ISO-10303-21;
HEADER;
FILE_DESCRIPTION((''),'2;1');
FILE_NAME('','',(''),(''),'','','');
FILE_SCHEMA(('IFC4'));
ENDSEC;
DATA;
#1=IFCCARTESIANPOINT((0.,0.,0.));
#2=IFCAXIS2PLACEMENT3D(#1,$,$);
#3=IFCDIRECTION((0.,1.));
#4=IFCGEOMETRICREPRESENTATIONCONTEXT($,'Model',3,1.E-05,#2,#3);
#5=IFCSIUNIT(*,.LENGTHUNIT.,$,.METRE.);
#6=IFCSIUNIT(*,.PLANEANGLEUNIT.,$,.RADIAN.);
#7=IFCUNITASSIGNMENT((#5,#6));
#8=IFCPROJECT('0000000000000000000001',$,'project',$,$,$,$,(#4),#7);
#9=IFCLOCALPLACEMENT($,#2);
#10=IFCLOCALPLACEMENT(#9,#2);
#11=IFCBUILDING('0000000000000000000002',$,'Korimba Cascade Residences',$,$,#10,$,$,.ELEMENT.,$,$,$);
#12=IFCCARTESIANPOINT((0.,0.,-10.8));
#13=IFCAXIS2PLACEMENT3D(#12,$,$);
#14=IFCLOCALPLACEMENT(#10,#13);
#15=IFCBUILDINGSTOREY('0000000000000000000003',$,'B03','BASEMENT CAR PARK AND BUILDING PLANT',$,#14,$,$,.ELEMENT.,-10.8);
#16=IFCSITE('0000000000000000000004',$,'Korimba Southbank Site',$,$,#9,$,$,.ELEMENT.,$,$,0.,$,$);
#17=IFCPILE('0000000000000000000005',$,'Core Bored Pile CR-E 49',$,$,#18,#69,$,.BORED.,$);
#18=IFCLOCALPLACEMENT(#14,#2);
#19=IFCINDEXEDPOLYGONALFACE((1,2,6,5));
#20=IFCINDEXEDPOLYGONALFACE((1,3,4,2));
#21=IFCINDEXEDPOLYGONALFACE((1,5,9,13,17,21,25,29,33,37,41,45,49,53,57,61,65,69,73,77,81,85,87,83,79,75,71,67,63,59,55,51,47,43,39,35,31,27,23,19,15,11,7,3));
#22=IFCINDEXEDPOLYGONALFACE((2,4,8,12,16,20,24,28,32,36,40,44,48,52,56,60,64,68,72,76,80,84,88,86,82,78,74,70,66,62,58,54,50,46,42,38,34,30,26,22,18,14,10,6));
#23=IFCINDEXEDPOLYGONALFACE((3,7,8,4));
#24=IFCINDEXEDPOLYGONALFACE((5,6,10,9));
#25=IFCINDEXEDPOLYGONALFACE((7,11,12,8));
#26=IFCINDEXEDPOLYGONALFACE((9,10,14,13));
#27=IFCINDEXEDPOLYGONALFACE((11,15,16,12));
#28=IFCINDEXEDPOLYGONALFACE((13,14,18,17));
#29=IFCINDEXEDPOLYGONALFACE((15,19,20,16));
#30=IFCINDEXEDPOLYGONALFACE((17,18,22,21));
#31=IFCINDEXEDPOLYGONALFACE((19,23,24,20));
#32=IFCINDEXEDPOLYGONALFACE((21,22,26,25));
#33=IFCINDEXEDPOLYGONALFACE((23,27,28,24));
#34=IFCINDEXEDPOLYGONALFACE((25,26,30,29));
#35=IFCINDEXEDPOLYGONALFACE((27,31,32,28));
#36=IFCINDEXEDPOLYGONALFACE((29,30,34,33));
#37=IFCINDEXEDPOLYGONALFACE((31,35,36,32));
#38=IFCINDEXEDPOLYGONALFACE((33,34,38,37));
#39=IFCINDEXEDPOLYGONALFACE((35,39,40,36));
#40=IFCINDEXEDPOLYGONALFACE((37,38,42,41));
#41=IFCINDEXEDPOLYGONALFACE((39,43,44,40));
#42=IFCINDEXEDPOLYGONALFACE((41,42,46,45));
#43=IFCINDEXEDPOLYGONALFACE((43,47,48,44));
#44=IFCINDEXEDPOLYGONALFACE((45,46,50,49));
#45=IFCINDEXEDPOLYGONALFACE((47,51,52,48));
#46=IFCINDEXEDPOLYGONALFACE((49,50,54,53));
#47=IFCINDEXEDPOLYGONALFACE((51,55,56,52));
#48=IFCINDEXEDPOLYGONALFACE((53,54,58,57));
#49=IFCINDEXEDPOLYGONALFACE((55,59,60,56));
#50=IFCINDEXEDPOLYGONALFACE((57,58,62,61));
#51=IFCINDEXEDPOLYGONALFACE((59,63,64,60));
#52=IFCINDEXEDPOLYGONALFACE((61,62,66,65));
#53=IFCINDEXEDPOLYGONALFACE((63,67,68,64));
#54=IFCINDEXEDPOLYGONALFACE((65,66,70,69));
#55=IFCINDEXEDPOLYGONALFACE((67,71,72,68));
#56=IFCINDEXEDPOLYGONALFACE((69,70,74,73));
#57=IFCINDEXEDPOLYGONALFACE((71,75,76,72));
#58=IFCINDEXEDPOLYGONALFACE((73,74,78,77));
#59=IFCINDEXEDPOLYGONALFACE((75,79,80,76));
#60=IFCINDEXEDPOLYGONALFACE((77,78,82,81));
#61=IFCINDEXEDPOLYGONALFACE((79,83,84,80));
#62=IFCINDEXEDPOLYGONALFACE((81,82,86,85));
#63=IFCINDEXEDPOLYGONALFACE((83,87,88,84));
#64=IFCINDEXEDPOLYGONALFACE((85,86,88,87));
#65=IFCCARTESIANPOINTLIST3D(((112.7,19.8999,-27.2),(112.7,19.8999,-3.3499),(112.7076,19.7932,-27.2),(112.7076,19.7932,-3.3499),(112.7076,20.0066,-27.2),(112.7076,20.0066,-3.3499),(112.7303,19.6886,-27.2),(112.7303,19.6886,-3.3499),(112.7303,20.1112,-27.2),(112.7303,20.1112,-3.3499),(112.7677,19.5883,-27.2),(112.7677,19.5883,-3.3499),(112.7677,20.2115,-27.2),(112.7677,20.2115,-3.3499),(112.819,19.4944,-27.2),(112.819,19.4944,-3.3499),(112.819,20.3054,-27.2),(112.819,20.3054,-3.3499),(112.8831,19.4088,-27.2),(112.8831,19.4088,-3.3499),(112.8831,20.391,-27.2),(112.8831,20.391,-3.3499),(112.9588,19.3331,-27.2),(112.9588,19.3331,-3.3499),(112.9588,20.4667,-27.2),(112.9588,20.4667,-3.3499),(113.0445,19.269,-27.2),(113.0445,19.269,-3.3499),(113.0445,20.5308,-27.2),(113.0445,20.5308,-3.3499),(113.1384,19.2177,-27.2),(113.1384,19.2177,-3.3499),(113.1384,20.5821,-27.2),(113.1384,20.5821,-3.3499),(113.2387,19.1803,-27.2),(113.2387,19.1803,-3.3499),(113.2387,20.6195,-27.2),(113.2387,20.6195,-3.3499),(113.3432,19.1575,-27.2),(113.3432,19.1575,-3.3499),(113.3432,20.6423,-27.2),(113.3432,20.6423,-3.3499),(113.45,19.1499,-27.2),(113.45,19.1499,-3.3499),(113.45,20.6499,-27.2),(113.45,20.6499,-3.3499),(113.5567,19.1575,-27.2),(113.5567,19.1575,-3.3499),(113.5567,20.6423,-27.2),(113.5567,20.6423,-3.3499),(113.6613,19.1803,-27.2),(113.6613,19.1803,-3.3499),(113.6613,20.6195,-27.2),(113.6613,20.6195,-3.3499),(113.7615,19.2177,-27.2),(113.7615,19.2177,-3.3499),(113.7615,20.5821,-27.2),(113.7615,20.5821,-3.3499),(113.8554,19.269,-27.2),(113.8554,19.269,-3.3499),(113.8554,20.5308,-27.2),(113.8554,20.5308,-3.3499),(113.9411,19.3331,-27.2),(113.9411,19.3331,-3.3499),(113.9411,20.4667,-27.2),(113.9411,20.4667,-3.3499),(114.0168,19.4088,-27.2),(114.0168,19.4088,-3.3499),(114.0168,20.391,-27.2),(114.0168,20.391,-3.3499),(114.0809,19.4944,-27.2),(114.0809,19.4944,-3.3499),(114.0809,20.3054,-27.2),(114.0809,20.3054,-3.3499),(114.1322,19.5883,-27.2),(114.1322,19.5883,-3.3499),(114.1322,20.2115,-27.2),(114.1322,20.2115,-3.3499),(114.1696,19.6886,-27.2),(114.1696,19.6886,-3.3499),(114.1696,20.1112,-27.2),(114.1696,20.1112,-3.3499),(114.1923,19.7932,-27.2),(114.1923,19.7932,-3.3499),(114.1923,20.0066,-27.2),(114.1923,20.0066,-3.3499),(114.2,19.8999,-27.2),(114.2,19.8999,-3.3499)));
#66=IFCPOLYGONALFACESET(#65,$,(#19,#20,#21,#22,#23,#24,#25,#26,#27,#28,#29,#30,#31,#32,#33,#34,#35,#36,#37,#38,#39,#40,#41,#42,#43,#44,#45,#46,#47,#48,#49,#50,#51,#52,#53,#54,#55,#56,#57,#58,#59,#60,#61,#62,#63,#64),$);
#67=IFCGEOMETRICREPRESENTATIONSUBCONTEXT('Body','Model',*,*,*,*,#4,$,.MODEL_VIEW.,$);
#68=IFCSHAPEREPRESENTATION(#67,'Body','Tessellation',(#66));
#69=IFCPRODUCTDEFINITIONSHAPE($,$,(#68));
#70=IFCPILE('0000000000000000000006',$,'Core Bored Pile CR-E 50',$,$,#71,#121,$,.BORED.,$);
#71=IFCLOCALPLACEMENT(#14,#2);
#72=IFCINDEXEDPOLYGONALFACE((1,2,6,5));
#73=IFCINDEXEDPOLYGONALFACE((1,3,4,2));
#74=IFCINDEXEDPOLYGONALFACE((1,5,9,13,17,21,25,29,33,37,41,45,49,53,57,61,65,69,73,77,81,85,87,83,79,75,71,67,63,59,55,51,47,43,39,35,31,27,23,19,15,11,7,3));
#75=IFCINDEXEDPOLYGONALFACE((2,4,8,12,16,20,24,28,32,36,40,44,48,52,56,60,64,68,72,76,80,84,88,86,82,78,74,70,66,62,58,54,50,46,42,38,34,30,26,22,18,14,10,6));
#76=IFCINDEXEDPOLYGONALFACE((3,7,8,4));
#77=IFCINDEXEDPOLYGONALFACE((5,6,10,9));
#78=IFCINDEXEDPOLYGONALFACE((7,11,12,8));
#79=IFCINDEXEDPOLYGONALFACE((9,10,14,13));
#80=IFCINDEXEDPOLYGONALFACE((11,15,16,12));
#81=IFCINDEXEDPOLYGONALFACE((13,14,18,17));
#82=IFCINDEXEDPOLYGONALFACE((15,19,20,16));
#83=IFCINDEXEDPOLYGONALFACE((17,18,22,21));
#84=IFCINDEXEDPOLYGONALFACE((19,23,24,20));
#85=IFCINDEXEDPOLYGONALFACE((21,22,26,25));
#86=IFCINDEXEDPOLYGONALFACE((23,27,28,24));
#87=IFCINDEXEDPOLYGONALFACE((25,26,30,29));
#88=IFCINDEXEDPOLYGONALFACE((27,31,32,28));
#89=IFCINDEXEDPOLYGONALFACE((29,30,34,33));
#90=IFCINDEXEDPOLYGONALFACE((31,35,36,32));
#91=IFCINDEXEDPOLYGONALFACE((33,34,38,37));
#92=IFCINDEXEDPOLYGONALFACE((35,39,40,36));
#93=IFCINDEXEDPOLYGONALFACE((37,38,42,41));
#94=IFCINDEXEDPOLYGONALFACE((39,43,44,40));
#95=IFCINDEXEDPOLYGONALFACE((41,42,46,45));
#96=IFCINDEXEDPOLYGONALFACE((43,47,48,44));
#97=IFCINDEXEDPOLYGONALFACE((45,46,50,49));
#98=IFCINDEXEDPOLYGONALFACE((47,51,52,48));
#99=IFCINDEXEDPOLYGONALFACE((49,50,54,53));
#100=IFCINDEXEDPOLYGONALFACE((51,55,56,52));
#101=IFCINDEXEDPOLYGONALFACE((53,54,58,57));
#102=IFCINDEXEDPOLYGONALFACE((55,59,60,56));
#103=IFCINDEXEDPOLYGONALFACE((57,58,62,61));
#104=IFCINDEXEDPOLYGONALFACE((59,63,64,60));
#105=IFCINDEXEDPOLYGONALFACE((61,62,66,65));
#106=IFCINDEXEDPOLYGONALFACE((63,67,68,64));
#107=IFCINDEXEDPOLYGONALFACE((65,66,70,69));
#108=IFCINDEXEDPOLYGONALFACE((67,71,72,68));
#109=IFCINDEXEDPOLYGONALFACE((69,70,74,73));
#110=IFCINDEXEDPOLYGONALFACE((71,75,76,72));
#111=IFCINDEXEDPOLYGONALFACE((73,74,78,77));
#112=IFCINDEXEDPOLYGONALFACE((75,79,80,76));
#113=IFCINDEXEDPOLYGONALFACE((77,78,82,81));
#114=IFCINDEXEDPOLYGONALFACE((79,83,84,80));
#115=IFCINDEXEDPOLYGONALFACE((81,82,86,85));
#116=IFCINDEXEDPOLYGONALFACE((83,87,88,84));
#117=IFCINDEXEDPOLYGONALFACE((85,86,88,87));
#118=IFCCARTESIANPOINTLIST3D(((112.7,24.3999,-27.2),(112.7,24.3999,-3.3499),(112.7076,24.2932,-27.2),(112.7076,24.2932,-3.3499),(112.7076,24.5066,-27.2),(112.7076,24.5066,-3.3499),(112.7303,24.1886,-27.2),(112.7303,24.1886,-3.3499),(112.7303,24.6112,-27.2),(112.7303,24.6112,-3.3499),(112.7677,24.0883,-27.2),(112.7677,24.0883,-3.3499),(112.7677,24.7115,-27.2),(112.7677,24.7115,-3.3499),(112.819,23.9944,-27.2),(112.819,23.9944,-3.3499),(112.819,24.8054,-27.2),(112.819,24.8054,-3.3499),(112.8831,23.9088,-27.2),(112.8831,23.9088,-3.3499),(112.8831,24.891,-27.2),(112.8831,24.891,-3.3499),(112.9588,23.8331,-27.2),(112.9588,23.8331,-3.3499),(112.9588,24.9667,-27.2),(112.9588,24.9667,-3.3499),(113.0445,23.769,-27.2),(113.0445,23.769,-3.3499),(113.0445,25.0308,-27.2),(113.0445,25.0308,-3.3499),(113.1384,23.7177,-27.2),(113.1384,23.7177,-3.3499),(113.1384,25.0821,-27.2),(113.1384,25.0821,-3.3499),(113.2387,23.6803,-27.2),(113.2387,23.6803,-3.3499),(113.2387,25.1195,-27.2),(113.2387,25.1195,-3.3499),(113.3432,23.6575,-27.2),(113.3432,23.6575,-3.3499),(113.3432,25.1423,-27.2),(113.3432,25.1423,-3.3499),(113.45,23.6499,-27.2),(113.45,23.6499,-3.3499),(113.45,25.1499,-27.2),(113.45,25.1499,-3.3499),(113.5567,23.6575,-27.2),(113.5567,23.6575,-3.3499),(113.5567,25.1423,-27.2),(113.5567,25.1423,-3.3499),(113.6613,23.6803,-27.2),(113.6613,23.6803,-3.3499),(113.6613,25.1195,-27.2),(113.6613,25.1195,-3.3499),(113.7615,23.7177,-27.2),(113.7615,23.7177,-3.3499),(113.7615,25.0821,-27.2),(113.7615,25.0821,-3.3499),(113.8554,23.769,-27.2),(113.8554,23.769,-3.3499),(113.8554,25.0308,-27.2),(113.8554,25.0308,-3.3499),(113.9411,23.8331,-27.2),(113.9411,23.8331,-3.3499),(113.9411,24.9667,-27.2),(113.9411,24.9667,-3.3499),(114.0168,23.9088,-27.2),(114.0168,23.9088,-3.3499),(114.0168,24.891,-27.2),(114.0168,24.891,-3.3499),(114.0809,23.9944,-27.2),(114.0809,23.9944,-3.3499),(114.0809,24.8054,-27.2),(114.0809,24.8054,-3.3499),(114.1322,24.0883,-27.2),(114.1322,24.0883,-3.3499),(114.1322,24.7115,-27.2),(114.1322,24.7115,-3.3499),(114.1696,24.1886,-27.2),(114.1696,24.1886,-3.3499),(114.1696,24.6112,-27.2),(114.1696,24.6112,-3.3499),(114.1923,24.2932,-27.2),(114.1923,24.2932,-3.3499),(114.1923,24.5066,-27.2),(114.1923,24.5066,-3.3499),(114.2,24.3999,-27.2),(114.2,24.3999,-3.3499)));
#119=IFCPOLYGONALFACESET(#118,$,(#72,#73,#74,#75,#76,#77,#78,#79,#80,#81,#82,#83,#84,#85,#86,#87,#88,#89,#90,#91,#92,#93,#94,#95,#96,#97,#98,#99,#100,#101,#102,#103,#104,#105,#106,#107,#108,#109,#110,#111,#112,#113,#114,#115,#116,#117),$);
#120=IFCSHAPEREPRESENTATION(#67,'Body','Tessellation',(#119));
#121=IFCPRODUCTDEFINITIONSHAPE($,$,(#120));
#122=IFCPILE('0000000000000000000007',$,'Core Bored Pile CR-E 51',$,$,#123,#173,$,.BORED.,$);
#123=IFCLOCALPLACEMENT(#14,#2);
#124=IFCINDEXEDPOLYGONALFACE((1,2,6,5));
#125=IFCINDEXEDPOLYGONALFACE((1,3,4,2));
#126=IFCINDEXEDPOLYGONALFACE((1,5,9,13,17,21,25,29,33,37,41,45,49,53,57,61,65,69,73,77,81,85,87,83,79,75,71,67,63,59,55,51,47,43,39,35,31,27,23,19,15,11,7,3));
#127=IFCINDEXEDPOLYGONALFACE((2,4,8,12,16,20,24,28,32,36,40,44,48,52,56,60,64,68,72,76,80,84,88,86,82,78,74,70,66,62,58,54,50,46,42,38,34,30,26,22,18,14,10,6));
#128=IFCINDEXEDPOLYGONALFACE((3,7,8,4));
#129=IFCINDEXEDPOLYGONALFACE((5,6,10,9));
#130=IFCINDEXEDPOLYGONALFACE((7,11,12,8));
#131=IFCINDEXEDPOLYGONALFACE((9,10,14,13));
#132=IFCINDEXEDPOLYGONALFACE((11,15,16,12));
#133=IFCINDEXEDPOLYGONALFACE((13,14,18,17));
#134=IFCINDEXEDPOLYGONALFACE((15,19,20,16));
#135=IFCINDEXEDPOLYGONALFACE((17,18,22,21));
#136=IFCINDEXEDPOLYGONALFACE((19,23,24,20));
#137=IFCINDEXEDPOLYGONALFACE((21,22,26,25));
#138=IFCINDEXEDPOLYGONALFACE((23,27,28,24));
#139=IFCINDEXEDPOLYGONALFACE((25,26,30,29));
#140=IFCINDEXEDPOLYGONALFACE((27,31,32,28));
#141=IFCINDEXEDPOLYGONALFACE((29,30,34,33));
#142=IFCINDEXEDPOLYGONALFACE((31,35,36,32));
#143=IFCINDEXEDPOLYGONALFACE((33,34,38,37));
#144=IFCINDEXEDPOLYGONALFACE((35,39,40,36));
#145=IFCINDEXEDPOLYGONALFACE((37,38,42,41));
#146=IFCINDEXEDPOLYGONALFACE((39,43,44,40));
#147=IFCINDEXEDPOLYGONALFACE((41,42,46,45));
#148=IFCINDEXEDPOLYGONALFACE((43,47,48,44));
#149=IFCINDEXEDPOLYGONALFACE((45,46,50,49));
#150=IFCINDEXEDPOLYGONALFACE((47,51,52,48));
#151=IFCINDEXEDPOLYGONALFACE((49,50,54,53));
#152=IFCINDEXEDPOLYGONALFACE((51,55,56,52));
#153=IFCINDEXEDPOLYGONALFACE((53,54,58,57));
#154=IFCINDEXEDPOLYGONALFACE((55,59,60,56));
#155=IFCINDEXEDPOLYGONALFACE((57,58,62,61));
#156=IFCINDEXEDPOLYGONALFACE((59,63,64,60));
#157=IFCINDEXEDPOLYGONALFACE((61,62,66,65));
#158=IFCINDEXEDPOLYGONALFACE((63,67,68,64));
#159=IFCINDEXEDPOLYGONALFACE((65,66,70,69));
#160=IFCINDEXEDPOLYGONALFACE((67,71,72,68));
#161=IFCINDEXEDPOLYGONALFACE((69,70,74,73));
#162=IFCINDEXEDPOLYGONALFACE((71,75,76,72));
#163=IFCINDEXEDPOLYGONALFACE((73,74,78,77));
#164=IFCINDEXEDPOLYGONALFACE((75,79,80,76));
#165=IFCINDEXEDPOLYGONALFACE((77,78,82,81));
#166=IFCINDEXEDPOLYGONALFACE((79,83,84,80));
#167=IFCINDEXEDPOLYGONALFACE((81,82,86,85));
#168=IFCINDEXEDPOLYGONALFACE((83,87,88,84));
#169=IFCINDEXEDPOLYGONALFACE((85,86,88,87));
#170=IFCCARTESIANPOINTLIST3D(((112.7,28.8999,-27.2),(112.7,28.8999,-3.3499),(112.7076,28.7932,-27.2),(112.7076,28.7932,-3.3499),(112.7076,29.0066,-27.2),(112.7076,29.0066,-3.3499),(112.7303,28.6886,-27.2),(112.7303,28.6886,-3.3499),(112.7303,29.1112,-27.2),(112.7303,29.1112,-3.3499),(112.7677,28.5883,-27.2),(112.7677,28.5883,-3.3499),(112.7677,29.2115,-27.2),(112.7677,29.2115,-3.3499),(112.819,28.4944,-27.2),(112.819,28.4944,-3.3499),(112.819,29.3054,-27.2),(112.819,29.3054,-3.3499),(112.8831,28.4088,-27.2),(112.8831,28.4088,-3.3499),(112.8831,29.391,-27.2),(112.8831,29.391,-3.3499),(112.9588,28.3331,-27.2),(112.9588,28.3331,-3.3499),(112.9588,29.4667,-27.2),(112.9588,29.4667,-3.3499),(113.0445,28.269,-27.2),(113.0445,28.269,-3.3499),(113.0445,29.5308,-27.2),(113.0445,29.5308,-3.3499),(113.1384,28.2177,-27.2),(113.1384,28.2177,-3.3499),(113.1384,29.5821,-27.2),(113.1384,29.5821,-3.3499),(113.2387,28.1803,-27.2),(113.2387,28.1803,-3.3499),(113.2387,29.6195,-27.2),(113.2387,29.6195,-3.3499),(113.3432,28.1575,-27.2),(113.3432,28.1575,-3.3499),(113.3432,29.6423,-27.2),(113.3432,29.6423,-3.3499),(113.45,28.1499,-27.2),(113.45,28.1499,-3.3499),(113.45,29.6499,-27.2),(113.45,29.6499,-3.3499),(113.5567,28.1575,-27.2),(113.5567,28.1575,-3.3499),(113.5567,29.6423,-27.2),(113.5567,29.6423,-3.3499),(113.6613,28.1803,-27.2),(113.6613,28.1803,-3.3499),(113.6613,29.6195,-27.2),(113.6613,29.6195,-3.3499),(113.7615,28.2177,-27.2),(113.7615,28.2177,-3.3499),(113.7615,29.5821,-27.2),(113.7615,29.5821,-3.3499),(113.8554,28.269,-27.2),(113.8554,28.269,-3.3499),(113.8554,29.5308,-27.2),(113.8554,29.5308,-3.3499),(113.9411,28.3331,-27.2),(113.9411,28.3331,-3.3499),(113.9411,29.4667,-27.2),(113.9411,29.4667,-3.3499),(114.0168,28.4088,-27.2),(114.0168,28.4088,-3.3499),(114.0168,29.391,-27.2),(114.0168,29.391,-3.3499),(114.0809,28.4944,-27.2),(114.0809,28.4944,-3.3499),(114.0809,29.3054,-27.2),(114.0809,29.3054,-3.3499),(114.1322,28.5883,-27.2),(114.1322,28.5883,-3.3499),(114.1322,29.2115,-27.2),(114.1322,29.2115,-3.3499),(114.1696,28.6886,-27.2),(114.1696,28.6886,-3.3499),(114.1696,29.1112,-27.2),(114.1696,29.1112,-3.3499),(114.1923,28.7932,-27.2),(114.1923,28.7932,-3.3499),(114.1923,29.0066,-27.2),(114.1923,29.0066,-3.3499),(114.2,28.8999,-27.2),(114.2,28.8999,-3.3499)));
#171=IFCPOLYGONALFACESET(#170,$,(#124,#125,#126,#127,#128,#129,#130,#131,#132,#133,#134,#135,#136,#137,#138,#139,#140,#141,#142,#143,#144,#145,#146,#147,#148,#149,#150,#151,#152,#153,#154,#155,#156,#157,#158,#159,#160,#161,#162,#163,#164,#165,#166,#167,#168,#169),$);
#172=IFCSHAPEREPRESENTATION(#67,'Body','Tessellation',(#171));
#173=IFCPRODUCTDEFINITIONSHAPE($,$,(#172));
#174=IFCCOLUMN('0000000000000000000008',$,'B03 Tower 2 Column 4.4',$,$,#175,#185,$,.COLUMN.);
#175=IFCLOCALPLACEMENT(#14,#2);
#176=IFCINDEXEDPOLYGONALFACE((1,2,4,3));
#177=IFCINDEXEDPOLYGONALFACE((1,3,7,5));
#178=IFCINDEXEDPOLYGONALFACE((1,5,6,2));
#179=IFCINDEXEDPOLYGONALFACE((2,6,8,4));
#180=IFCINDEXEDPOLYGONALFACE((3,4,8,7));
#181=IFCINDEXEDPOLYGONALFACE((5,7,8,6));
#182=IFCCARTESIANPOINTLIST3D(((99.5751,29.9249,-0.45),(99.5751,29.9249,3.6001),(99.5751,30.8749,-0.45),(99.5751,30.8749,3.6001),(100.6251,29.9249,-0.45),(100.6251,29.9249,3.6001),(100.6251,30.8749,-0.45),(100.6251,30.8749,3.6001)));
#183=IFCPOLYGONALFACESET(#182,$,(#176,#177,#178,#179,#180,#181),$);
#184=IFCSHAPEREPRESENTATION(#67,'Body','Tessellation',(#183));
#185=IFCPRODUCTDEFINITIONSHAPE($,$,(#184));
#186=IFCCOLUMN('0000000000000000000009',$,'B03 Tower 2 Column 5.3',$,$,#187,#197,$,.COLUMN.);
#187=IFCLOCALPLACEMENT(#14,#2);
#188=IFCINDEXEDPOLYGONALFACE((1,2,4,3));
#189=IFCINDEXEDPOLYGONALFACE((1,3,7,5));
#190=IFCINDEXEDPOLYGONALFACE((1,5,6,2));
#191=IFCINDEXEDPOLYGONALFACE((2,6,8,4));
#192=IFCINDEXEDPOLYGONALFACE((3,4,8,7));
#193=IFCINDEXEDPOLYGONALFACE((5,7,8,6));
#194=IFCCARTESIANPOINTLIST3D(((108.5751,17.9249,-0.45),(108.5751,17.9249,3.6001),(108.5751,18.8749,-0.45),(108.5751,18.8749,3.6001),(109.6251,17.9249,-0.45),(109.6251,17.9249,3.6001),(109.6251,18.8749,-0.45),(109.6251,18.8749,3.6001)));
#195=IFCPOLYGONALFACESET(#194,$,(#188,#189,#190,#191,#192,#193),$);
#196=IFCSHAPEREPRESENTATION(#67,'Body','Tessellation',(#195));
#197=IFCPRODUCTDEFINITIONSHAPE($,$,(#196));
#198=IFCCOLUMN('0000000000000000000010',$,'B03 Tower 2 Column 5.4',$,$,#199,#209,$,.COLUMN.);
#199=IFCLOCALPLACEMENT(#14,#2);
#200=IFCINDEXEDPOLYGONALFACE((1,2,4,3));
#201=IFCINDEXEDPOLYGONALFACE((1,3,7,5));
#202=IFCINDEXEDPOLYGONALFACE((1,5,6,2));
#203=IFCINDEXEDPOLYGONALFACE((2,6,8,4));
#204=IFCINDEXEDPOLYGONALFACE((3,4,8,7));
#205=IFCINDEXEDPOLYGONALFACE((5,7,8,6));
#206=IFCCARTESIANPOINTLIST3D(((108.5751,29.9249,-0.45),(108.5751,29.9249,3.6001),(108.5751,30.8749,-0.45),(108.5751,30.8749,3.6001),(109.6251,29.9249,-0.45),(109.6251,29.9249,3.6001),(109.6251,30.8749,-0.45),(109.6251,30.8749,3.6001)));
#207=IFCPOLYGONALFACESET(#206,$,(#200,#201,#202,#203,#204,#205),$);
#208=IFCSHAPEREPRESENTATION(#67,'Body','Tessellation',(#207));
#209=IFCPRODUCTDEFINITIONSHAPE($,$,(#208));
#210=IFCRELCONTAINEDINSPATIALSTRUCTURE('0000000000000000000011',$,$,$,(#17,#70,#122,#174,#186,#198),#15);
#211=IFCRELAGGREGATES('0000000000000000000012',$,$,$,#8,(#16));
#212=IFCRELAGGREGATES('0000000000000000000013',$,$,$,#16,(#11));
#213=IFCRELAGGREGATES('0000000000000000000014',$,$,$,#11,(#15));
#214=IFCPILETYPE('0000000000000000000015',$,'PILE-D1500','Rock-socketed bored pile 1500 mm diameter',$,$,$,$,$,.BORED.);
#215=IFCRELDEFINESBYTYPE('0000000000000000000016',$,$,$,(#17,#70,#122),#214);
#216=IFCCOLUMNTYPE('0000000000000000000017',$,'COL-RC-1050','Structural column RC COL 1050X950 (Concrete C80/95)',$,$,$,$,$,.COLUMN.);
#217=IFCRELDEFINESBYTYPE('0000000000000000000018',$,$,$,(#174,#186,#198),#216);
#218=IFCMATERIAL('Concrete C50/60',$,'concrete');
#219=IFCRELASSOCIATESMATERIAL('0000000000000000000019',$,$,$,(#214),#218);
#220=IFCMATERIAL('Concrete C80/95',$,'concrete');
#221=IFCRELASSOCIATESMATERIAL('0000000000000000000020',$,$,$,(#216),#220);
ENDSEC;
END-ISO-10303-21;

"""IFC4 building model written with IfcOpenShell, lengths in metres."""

from ifc_helpers import new_model, si_unit, direction, frame, origin, origin_2d, place, context, subcontext, project, spatial, rectangle, circle, extrude, material, material_profile, profile_set, type_object, element, save


model = new_model("IFC4")

# Units and contexts
model_context = context("Model", 3, precision=1e-05, world=origin(), true_north=direction((0.0, 1.0)))
body_context = subcontext(model_context, "Body", "Model", "MODEL_VIEW")
ifc_project = project(units=[si_unit("LENGTHUNIT", "METRE"), si_unit("PLANEANGLEUNIT", "RADIAN")], contexts=[model_context])

# Site, building, storey
site_placement = place(None, origin())
site = spatial("IfcSite", under=ifc_project, at=site_placement, Name="Korimba Southbank Site", CompositionType="ELEMENT", RefElevation=0.0)
building_placement = place(site_placement, origin())
building = spatial("IfcBuilding", under=site, at=building_placement, Name="Korimba Cascade Residences", CompositionType="ELEMENT")
storey_placement = place(building_placement, frame((0.0, 0.0, -10.8)))
storey = spatial("IfcBuildingStorey", under=building, at=storey_placement, Name="B03", Description="BASEMENT CAR PARK AND BUILDING PLANT", CompositionType="ELEMENT", Elevation=-10.8)

# Piles
ifc_material_1 = material(Name="Concrete C50/60", Category="concrete")
ifc_material_profile_1 = material_profile(ifc_material_1, circle(Radius=0.75, at=origin_2d()), Name="Concrete C50/60")
ifc_profile_set_1 = profile_set([ifc_material_profile_1], Name="Concrete C50/60")
pile_type_1 = type_object("IfcPileType", Name="PILE-D1500", Description="Rock-socketed bored pile 1500 mm diameter", PredefinedType="BORED", material=ifc_profile_set_1)
for number, where, z_axis, x_axis, name in (
    (1, (113.45, 19.8999, -3.3499), (0.0, 0.0, -1.0), (1.0, 0.0, 0.0), "Core Bored Pile CR-E 49"),
    (2, (113.45, 24.3999, -3.3499), (0.0, 0.0, -1.0), (1.0, 0.0, 0.0), "Core Bored Pile CR-E 50"),
    (3, (113.45, 28.8999, -3.3499), (0.0, 0.0, -1.0), (1.0, 0.0, 0.0), "Core Bored Pile CR-E 51"),
):
    element("IfcPile", number, at=place(storey_placement, frame(where, z_axis=z_axis, x_axis=x_axis)), inside=storey, type_object=pile_type_1, Name=name, PredefinedType="BORED", context=body_context, shape_type="SweptSolid", body=[
        extrude(circle(Radius=0.75, at=origin_2d()), origin(), (0.0, 0.0, 1.0), 23.8501),
    ])

# Columns
ifc_material_2 = material(Name="Concrete C80/95", Category="concrete")
ifc_material_profile_2 = material_profile(ifc_material_2, rectangle(XDim=1.05, YDim=0.95, at=origin_2d()), Name="Concrete C80/95")
ifc_profile_set_2 = profile_set([ifc_material_profile_2], Name="Concrete C80/95")
column_type = type_object("IfcColumnType", Name="COL-RC-1050", Description="Structural column RC COL 1050X950 (Concrete C80/95)", PredefinedType="COLUMN", material=ifc_profile_set_2)
for number, where, z_axis, x_axis, name in (
    (4, (100.1001, 30.3999, -0.45), (0.0, 0.0, 1.0), (1.0, 0.0, 0.0), "B03 Tower 2 Column 4.4"),
    (5, (109.1001, 18.3999, -0.45), (0.0, 0.0, 1.0), (1.0, 0.0, 0.0), "B03 Tower 2 Column 5.3"),
    (6, (109.1001, 30.3999, -0.45), (0.0, 0.0, 1.0), (1.0, 0.0, 0.0), "B03 Tower 2 Column 5.4"),
):
    element("IfcColumn", number, at=place(storey_placement, frame(where, z_axis=z_axis, x_axis=x_axis)), inside=storey, type_object=column_type, Name=name, PredefinedType="COLUMN", context=body_context, shape_type="SweptSolid", body=[
        extrude(rectangle(XDim=1.05, YDim=0.95, at=origin_2d()), origin(), (0.0, 0.0, 1.0), 4.05),
    ])

save(model, "model.ifc")
